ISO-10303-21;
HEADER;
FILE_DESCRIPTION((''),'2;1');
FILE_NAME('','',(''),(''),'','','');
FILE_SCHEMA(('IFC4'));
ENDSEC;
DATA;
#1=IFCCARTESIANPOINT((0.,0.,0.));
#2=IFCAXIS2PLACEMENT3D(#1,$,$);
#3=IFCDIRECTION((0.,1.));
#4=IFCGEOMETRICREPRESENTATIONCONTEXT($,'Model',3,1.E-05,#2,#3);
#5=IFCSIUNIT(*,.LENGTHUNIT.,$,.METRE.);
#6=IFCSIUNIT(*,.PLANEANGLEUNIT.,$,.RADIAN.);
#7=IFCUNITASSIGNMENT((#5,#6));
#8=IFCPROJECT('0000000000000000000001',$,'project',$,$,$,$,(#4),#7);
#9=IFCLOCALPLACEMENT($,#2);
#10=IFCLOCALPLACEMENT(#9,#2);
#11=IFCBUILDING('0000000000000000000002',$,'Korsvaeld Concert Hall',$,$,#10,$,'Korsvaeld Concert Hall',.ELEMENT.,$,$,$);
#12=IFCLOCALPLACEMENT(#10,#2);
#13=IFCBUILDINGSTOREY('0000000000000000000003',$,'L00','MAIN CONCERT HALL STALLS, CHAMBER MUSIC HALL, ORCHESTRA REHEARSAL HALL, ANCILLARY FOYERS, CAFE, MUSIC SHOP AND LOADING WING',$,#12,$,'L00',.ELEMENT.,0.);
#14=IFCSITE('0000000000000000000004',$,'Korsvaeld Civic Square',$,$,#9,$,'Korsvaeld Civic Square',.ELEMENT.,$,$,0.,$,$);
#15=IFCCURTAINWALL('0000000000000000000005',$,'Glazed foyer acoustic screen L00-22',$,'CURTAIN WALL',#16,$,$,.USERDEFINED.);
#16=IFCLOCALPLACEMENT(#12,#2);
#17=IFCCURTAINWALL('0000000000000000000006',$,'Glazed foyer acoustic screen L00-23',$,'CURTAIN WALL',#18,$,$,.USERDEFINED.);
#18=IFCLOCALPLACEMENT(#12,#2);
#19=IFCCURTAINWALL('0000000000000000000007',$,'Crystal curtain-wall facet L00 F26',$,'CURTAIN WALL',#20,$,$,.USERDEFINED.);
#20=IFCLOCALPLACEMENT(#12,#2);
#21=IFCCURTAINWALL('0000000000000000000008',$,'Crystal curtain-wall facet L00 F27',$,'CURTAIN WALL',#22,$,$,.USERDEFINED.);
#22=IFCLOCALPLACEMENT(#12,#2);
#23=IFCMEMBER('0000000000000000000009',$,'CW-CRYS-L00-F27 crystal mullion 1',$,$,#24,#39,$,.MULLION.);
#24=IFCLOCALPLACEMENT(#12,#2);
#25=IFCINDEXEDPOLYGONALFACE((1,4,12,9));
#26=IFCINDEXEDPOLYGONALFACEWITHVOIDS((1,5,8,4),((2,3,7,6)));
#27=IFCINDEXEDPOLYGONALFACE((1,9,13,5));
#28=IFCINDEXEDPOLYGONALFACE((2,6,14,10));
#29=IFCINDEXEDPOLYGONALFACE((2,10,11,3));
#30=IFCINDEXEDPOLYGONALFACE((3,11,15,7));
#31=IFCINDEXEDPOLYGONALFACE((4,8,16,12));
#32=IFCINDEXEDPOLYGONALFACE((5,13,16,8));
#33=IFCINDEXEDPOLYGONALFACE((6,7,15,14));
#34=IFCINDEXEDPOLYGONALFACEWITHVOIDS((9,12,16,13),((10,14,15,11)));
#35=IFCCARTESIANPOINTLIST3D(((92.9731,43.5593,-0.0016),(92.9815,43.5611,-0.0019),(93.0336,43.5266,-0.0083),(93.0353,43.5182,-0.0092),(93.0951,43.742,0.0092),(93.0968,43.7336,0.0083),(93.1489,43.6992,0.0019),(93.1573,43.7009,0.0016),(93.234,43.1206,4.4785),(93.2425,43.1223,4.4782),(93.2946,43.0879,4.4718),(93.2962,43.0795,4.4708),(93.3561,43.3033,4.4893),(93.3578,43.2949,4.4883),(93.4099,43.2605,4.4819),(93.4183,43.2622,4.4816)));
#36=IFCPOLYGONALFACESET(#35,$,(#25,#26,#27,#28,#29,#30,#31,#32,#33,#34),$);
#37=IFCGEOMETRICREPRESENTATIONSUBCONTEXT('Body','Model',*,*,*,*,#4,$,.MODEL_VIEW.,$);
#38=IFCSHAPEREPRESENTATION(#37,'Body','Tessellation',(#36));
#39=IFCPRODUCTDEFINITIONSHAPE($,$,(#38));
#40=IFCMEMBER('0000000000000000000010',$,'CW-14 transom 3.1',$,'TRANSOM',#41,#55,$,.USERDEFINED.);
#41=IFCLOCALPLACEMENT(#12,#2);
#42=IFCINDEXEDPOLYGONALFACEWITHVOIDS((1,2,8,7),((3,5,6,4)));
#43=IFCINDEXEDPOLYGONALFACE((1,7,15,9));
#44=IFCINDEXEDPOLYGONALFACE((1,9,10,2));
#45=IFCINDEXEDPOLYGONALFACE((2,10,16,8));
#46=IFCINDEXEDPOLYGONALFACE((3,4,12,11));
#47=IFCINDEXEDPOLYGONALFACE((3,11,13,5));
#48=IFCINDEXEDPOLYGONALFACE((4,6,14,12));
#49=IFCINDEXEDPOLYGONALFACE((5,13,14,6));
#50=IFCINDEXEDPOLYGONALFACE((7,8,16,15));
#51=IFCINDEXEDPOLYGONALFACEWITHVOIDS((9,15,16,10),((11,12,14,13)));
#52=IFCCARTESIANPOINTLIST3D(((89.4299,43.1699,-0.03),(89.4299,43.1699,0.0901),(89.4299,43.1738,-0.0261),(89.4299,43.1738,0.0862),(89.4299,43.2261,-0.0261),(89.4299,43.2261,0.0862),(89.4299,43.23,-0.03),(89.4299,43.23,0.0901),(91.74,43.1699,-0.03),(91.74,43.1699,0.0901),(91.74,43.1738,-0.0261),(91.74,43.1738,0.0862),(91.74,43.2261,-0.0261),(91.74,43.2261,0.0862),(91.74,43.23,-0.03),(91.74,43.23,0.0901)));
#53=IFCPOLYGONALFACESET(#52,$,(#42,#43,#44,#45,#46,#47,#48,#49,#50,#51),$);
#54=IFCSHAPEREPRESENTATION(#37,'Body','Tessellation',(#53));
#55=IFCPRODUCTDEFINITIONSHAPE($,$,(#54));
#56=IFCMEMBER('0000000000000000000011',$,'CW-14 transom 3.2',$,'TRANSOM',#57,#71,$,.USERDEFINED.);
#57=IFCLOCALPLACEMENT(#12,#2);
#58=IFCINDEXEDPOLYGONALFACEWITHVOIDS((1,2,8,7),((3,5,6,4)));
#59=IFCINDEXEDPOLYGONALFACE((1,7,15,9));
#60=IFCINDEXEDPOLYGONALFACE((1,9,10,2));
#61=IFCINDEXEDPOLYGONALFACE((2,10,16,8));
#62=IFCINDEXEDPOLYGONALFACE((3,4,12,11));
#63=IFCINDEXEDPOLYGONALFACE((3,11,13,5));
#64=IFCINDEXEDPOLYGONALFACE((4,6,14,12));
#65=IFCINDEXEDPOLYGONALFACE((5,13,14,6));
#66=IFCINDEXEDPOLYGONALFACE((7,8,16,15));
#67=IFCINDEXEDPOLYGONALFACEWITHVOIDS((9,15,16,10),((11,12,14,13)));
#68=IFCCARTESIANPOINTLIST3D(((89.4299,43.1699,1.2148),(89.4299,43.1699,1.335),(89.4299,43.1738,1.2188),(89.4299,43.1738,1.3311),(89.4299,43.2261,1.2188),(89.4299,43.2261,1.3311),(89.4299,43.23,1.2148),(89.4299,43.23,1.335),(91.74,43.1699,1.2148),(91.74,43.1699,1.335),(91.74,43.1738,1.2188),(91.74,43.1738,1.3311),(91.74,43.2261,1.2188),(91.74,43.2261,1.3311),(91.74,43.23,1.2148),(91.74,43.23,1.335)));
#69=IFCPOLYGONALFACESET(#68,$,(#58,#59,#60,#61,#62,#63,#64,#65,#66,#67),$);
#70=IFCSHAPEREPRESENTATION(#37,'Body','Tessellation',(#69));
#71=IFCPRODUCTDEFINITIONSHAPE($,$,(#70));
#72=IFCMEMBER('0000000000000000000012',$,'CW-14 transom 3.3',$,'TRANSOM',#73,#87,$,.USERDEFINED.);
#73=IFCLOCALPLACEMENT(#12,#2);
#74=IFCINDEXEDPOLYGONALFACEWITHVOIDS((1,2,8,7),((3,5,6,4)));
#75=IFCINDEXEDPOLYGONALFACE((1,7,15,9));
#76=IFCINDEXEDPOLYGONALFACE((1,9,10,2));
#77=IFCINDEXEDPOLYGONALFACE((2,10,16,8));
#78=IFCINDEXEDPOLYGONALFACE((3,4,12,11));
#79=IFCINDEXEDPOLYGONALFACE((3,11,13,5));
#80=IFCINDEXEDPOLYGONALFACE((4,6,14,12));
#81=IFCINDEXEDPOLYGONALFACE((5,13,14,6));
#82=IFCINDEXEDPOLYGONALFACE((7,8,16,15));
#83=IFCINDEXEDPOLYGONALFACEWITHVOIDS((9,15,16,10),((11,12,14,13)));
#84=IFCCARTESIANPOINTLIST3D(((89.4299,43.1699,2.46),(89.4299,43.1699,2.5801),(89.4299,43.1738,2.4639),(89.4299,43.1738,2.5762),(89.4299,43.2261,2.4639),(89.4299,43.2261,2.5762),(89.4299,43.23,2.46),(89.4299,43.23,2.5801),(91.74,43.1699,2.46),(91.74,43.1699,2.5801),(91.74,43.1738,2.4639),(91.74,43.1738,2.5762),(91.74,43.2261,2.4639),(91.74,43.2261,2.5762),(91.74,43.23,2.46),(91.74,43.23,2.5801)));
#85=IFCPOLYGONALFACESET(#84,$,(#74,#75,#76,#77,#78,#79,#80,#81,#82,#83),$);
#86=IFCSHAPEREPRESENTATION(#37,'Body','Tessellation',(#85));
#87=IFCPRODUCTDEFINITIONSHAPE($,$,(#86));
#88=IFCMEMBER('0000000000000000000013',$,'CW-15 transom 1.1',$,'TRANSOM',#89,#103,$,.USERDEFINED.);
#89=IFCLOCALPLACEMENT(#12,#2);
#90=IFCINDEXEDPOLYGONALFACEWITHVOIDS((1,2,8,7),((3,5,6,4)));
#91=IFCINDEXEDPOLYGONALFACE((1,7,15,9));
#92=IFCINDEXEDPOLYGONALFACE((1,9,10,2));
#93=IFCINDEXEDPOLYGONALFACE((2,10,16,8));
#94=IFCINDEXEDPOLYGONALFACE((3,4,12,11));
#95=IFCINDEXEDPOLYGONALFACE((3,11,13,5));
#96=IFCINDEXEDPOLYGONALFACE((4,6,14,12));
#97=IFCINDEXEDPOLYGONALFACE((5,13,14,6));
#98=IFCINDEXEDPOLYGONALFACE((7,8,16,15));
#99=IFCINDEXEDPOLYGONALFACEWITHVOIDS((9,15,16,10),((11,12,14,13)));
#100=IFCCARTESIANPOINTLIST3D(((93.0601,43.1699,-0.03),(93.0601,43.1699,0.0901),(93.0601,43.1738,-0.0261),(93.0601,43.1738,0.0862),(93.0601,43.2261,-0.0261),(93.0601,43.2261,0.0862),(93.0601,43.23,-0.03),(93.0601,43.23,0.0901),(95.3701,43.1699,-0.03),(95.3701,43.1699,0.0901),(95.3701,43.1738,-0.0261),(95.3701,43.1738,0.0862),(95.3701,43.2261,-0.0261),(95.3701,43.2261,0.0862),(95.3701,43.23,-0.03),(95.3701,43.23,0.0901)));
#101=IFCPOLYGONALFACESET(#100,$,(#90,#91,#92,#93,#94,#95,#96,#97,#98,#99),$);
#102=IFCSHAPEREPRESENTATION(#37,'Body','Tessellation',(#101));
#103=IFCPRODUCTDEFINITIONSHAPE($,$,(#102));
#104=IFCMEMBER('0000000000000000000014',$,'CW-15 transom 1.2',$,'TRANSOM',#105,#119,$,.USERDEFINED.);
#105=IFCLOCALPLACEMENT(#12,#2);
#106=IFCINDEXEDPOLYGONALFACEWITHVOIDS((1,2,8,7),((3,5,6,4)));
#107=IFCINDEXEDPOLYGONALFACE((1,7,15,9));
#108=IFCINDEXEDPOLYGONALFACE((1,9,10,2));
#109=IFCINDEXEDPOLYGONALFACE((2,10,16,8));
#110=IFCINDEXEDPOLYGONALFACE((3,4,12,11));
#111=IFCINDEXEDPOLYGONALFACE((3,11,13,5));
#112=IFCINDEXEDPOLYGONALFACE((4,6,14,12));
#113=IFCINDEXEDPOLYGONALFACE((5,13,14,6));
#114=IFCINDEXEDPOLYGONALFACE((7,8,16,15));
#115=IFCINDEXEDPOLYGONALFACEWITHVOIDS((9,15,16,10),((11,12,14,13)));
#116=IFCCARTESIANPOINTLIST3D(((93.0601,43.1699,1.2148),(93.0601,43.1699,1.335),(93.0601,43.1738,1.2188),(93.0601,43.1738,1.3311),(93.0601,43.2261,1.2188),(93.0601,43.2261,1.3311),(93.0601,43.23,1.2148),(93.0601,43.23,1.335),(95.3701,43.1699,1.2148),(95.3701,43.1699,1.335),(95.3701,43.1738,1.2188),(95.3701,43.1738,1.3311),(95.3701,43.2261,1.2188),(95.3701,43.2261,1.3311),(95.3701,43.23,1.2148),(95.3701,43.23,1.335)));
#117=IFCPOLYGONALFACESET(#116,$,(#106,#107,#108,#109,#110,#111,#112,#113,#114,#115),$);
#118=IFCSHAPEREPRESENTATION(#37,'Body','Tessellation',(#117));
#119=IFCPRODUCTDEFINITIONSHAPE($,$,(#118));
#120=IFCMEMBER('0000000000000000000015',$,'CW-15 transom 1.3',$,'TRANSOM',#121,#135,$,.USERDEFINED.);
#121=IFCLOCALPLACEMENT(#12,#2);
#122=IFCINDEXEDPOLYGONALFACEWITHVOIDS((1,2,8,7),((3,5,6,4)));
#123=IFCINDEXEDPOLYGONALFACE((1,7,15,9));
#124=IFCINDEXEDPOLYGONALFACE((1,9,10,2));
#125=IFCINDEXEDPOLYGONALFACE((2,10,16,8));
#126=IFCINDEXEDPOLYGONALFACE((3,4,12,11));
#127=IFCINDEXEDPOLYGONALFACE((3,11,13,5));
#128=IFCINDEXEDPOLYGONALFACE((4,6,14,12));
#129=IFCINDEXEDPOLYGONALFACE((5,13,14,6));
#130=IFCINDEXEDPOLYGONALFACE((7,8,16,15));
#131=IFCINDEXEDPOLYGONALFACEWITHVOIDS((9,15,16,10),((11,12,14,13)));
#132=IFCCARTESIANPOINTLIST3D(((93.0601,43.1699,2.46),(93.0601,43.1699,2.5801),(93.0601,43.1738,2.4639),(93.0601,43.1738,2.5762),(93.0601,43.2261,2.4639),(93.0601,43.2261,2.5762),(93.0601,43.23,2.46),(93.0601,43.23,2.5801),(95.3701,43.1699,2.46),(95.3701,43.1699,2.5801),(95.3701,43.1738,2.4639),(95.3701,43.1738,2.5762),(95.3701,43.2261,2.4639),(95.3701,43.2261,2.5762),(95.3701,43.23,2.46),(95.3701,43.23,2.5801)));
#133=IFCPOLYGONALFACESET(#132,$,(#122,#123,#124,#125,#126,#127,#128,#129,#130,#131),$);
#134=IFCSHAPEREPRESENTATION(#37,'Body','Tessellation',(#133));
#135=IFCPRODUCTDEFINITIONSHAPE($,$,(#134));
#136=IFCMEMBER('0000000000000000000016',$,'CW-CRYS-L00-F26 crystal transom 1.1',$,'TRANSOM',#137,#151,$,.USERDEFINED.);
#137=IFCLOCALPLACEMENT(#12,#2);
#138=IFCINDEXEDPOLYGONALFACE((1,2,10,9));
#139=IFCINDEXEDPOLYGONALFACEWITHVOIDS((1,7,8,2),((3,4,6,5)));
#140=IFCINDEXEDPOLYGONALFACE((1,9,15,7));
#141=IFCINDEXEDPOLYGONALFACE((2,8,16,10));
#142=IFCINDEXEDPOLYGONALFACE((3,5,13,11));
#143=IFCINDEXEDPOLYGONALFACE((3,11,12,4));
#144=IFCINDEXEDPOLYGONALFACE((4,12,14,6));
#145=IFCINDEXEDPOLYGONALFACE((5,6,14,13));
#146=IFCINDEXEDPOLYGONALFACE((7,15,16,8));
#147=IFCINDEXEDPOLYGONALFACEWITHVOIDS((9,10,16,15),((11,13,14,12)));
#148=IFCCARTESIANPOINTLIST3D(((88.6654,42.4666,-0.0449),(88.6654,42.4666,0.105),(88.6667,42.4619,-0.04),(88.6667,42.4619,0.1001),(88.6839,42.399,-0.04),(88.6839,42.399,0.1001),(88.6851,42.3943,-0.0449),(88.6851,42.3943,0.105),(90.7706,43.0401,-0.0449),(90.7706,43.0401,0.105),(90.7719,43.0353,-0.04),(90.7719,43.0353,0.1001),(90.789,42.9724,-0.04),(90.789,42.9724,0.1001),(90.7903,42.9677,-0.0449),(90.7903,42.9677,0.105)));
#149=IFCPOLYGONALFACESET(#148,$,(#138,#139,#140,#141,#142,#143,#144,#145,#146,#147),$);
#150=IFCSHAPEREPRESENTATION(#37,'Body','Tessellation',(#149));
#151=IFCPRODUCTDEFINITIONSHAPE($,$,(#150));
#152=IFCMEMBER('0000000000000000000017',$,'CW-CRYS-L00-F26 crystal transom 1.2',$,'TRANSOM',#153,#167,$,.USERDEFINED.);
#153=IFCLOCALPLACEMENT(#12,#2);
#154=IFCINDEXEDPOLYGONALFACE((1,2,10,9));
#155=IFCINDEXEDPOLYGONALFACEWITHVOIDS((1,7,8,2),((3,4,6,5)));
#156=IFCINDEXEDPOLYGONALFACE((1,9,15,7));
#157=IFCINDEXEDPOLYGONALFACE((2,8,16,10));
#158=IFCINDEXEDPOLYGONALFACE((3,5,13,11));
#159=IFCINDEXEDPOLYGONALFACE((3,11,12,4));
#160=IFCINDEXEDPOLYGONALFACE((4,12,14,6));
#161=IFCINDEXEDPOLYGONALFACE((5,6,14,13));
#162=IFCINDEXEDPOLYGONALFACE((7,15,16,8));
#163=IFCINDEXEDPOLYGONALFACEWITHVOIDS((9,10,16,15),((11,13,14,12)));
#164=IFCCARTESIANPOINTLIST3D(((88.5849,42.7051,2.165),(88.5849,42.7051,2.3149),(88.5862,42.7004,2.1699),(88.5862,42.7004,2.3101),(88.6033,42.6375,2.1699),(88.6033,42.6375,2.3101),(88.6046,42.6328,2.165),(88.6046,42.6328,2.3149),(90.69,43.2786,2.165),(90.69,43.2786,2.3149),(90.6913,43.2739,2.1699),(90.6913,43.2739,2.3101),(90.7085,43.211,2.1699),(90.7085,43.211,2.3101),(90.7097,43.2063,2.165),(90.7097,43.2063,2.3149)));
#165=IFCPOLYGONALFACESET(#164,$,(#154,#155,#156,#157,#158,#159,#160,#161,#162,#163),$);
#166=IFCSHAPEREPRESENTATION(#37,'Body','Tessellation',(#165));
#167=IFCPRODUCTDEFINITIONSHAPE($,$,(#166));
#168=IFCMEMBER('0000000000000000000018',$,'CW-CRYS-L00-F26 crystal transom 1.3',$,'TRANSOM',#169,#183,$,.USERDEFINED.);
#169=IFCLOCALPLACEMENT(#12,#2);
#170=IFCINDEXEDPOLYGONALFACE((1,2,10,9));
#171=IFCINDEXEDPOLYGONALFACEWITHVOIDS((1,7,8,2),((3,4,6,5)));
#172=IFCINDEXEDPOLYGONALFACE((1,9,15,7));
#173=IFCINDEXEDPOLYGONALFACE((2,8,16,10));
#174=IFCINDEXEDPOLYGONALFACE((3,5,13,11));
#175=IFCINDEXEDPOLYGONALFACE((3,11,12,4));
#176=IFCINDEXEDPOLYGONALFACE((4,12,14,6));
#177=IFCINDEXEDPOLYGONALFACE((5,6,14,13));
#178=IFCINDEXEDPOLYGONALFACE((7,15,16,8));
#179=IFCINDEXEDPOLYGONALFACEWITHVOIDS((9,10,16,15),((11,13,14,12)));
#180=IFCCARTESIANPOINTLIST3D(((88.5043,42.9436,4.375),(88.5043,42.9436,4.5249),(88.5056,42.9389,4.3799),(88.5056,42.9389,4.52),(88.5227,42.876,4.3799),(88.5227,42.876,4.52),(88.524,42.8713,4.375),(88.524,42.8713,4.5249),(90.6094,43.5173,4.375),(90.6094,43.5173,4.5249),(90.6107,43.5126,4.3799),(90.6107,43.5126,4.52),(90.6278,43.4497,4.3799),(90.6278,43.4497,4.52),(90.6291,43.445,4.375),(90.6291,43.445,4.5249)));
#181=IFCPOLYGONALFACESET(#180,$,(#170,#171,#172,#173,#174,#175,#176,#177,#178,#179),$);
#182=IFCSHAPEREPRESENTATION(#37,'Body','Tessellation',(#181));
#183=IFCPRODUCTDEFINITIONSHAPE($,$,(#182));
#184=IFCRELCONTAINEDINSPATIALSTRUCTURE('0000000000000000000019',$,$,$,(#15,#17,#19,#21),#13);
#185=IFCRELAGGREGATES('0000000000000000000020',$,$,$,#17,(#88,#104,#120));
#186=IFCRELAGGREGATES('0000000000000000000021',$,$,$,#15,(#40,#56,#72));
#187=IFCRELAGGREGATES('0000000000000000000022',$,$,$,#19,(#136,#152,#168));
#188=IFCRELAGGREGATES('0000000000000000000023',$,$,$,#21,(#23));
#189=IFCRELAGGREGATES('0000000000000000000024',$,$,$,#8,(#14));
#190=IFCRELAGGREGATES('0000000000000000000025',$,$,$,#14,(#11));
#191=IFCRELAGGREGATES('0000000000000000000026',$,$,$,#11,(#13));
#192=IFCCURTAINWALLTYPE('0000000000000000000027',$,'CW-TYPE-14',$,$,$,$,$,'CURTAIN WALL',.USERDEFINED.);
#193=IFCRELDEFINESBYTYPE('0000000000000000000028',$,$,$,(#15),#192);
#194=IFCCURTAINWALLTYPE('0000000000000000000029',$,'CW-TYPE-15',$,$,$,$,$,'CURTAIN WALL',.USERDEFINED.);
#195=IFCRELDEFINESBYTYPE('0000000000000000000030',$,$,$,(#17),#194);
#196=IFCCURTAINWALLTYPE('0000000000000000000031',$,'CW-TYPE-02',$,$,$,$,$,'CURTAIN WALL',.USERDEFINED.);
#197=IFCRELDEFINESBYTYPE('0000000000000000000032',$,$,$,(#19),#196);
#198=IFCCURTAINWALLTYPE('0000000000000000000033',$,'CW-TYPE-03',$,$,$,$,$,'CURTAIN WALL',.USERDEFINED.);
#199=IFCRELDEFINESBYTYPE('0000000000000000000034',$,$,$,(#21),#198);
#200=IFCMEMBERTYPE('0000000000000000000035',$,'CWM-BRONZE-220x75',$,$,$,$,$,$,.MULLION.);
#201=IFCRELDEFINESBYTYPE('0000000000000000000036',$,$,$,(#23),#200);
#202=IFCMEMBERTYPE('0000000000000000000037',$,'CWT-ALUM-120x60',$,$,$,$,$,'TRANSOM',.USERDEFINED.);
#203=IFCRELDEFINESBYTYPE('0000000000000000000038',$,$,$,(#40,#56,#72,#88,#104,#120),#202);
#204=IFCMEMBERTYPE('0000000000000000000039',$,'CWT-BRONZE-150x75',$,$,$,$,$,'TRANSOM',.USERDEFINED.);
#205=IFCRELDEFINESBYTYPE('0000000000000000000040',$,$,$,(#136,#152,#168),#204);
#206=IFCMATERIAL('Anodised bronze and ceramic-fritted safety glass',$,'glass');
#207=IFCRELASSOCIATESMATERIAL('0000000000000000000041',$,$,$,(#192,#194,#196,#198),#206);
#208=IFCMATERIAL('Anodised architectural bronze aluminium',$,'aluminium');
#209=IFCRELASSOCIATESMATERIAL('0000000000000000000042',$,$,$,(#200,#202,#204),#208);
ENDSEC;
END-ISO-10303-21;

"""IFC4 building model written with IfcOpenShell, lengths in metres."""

from ifc_helpers import new_model, si_unit, direction, frame, origin, origin_2d, place, context, subcontext, project, spatial, hollow_rectangle, extrude, material, material_profile, profile_set, type_object, element, aggregate, save


model = new_model("IFC4")

# Units and contexts
model_context = context("Model", 3, precision=1e-05, world=origin(), true_north=direction((0.0, 1.0)))
body_context = subcontext(model_context, "Body", "Model", "MODEL_VIEW")
ifc_project = project(units=[si_unit("LENGTHUNIT", "METRE"), si_unit("PLANEANGLEUNIT", "RADIAN")], contexts=[model_context])

# Site, building, storey
site_placement = place(None, origin())
site = spatial("IfcSite", under=ifc_project, at=site_placement, Name="Korsvaeld Civic Square", LongName="Korsvaeld Civic Square", CompositionType="ELEMENT", RefElevation=0.0)
building_placement = place(site_placement, origin())
building = spatial("IfcBuilding", under=site, at=building_placement, Name="Korsvaeld Concert Hall", LongName="Korsvaeld Concert Hall", CompositionType="ELEMENT")
storey_placement = place(building_placement, origin())
storey = spatial("IfcBuildingStorey", under=building, at=storey_placement, Name="L00", Description="MAIN CONCERT HALL STALLS, CHAMBER MUSIC HALL, ORCHESTRA REHEARSAL HALL, ANCILLARY FOYERS, CAFE, MUSIC SHOP AND LOADING WING", LongName="L00", CompositionType="ELEMENT", Elevation=0.0)

# Curtain wall
ifc_material_1 = material(Name="Anodised bronze and ceramic-fritted safety glass", Category="glass")
curtain_wall_type_1 = type_object("IfcCurtainWallType", Name="CW-TYPE-14", ElementType="CURTAIN WALL", PredefinedType="USERDEFINED", material=ifc_material_1)
curtain_wall_1_placement = place(storey_placement, origin())
curtain_wall_1 = element("IfcCurtainWall", 1, at=curtain_wall_1_placement, inside=storey, type_object=curtain_wall_type_1, Name="Glazed foyer acoustic screen L00-22", ObjectType="CURTAIN WALL", PredefinedType="USERDEFINED")
ifc_material_2 = material(Name="Anodised architectural bronze aluminium", Category="aluminium")

# Curtain wall
curtain_wall_type_2 = type_object("IfcCurtainWallType", Name="CW-TYPE-15", ElementType="CURTAIN WALL", PredefinedType="USERDEFINED", material=ifc_material_1)
curtain_wall_2_placement = place(storey_placement, origin())
curtain_wall_2 = element("IfcCurtainWall", 2, at=curtain_wall_2_placement, inside=storey, type_object=curtain_wall_type_2, Name="Glazed foyer acoustic screen L00-23", ObjectType="CURTAIN WALL", PredefinedType="USERDEFINED")

# Curtain wall
curtain_wall_type_3 = type_object("IfcCurtainWallType", Name="CW-TYPE-02", ElementType="CURTAIN WALL", PredefinedType="USERDEFINED", material=ifc_material_1)
curtain_wall_3_placement = place(storey_placement, origin())
curtain_wall_3 = element("IfcCurtainWall", 3, at=curtain_wall_3_placement, inside=storey, type_object=curtain_wall_type_3, Name="Crystal curtain-wall facet L00 F26", ObjectType="CURTAIN WALL", PredefinedType="USERDEFINED")

# Curtain wall, member
ifc_material_profile_1 = material_profile(ifc_material_2, hollow_rectangle(XDim=0.075, YDim=0.22, WallThickness=0.0061, at=origin_2d()), Name="CWM 220x75x6")
ifc_profile_set_1 = profile_set([ifc_material_profile_1], Name="Anodised architectural bronze aluminium")
member_type_1 = type_object("IfcMemberType", Name="CWM-BRONZE-220x75", PredefinedType="MULLION", material=ifc_profile_set_1)
curtain_wall_type_4 = type_object("IfcCurtainWallType", Name="CW-TYPE-03", ElementType="CURTAIN WALL", PredefinedType="USERDEFINED", material=ifc_material_1)
curtain_wall_4_placement = place(storey_placement, origin())
curtain_wall_4 = element("IfcCurtainWall", 4, at=curtain_wall_4_placement, inside=storey, type_object=curtain_wall_type_4, Name="Crystal curtain-wall facet L00 F27", ObjectType="CURTAIN WALL", PredefinedType="USERDEFINED")
member_1_placement = place(storey_placement, frame((93.0652, 43.6301, 0.0), z_axis=(0.057882, -0.0973, 0.993571), x_axis=(-0.829903, 0.548493, 0.10206)))
member_1 = element("IfcMember", 5, at=member_1_placement, type_object=member_type_1, Name="CW-CRYS-L00-F27 crystal mullion 1", PredefinedType="MULLION", context=body_context, shape_type="SweptSolid", body=[
    extrude(hollow_rectangle(XDim=0.075, YDim=0.22, WallThickness=0.0061, at=origin_2d()), origin(), (0.0, 0.0, 1.0), 4.509),
])

# Members
ifc_material_profile_2 = material_profile(ifc_material_2, hollow_rectangle(XDim=0.0601, YDim=0.1201, WallThickness=0.0039, at=origin_2d()), Name="CWT 120x60x4")
ifc_profile_set_2 = profile_set([ifc_material_profile_2], Name="Anodised architectural bronze aluminium")
member_type_2 = type_object("IfcMemberType", Name="CWT-ALUM-120x60", ElementType="TRANSOM", PredefinedType="USERDEFINED", material=ifc_profile_set_2)
member_2_placement = place(storey_placement, frame((89.4299, 43.2, 0.03), z_axis=(1.0, 0.0, 0.0), x_axis=(0.0, 1.0, 0.0)))
member_2 = element("IfcMember", 6, at=member_2_placement, type_object=member_type_2, Name="CW-14 transom 3.1", ObjectType="TRANSOM", PredefinedType="USERDEFINED", context=body_context, shape_type="SweptSolid", body=[
    extrude(hollow_rectangle(XDim=0.0601, YDim=0.1201, WallThickness=0.0039, at=origin_2d()), origin(), (0.0, 0.0, 1.0), 2.3101),
])
member_3_placement = place(storey_placement, frame((89.4299, 43.2, 1.2749), z_axis=(1.0, 0.0, 0.0), x_axis=(0.0, 1.0, 0.0)))
member_3 = element("IfcMember", 7, at=member_3_placement, type_object=member_type_2, Name="CW-14 transom 3.2", ObjectType="TRANSOM", PredefinedType="USERDEFINED", context=body_context, shape_type="SweptSolid", body=[
    extrude(hollow_rectangle(XDim=0.0601, YDim=0.1201, WallThickness=0.0039, at=origin_2d()), origin(), (0.0, 0.0, 1.0), 2.3101),
])
member_4_placement = place(storey_placement, frame((89.4299, 43.2, 2.52), z_axis=(1.0, 0.0, 0.0), x_axis=(0.0, 1.0, 0.0)))
member_4 = element("IfcMember", 8, at=member_4_placement, type_object=member_type_2, Name="CW-14 transom 3.3", ObjectType="TRANSOM", PredefinedType="USERDEFINED", context=body_context, shape_type="SweptSolid", body=[
    extrude(hollow_rectangle(XDim=0.0601, YDim=0.1201, WallThickness=0.0039, at=origin_2d()), origin(), (0.0, 0.0, 1.0), 2.3101),
])
member_5_placement = place(storey_placement, frame((93.0601, 43.2, 0.03), z_axis=(1.0, 0.0, 0.0), x_axis=(0.0, 1.0, 0.0)))
member_5 = element("IfcMember", 9, at=member_5_placement, type_object=member_type_2, Name="CW-15 transom 1.1", ObjectType="TRANSOM", PredefinedType="USERDEFINED", context=body_context, shape_type="SweptSolid", body=[
    extrude(hollow_rectangle(XDim=0.0601, YDim=0.1201, WallThickness=0.0039, at=origin_2d()), origin(), (0.0, 0.0, 1.0), 2.3101),
])
member_6_placement = place(storey_placement, frame((93.0601, 43.2, 1.2749), z_axis=(1.0, 0.0, 0.0), x_axis=(0.0, 1.0, 0.0)))
member_6 = element("IfcMember", 10, at=member_6_placement, type_object=member_type_2, Name="CW-15 transom 1.2", ObjectType="TRANSOM", PredefinedType="USERDEFINED", context=body_context, shape_type="SweptSolid", body=[
    extrude(hollow_rectangle(XDim=0.0601, YDim=0.1201, WallThickness=0.0039, at=origin_2d()), origin(), (0.0, 0.0, 1.0), 2.3101),
])
member_7_placement = place(storey_placement, frame((93.0601, 43.2, 2.52), z_axis=(1.0, 0.0, 0.0), x_axis=(0.0, 1.0, 0.0)))
member_7 = element("IfcMember", 11, at=member_7_placement, type_object=member_type_2, Name="CW-15 transom 1.3", ObjectType="TRANSOM", PredefinedType="USERDEFINED", context=body_context, shape_type="SweptSolid", body=[
    extrude(hollow_rectangle(XDim=0.0601, YDim=0.1201, WallThickness=0.0039, at=origin_2d()), origin(), (0.0, 0.0, 1.0), 2.3101),
])
aggregate(curtain_wall_2, [member_5, member_6, member_7])
ifc_material_profile_3 = material_profile(ifc_material_2, hollow_rectangle(XDim=0.075, YDim=0.1499, WallThickness=0.0049, at=origin_2d()), Name="CWT 150x75x5")
ifc_profile_set_3 = profile_set([ifc_material_profile_3], Name="Anodised architectural bronze aluminium")
member_type_3 = type_object("IfcMemberType", Name="CWT-BRONZE-150x75", ElementType="TRANSOM", PredefinedType="USERDEFINED", material=ifc_profile_set_3)
member_8_placement = place(storey_placement, frame((88.6753, 42.4304, 0.03), z_axis=(0.964841, 0.262833, 0.0), x_axis=(-0.262833, 0.964841, 0.0)))
member_8 = element("IfcMember", 12, at=member_8_placement, type_object=member_type_3, Name="CW-CRYS-L00-F26 crystal transom 1.1", ObjectType="TRANSOM", PredefinedType="USERDEFINED", context=body_context, shape_type="SweptSolid", body=[
    extrude(hollow_rectangle(XDim=0.075, YDim=0.1499, WallThickness=0.0049, at=origin_2d()), origin(), (0.0, 0.0, 1.0), 2.1819),
])
member_9_placement = place(storey_placement, frame((88.5947, 42.6689, 2.24), z_axis=(0.964841, 0.262833, 0.0), x_axis=(-0.262833, 0.964841, 0.0)))
member_9 = element("IfcMember", 13, at=member_9_placement, type_object=member_type_3, Name="CW-CRYS-L00-F26 crystal transom 1.2", ObjectType="TRANSOM", PredefinedType="USERDEFINED", context=body_context, shape_type="SweptSolid", body=[
    extrude(hollow_rectangle(XDim=0.075, YDim=0.1499, WallThickness=0.0049, at=origin_2d()), origin(), (0.0, 0.0, 1.0), 2.1819),
])
member_10_placement = place(storey_placement, frame((88.5142, 42.9075, 4.45), z_axis=(0.964813, 0.262938, 0.0), x_axis=(-0.262938, 0.964813, 0.0)))
member_10 = element("IfcMember", 14, at=member_10_placement, type_object=member_type_3, Name="CW-CRYS-L00-F26 crystal transom 1.3", ObjectType="TRANSOM", PredefinedType="USERDEFINED", context=body_context, shape_type="SweptSolid", body=[
    extrude(hollow_rectangle(XDim=0.075, YDim=0.1499, WallThickness=0.0049, at=origin_2d()), origin(), (0.0, 0.0, 1.0), 2.1819),
])

aggregate(curtain_wall_1, [member_2, member_3, member_4])
aggregate(curtain_wall_3, [member_8, member_9, member_10])
aggregate(curtain_wall_4, [member_1])

save(model, "model.ifc")
